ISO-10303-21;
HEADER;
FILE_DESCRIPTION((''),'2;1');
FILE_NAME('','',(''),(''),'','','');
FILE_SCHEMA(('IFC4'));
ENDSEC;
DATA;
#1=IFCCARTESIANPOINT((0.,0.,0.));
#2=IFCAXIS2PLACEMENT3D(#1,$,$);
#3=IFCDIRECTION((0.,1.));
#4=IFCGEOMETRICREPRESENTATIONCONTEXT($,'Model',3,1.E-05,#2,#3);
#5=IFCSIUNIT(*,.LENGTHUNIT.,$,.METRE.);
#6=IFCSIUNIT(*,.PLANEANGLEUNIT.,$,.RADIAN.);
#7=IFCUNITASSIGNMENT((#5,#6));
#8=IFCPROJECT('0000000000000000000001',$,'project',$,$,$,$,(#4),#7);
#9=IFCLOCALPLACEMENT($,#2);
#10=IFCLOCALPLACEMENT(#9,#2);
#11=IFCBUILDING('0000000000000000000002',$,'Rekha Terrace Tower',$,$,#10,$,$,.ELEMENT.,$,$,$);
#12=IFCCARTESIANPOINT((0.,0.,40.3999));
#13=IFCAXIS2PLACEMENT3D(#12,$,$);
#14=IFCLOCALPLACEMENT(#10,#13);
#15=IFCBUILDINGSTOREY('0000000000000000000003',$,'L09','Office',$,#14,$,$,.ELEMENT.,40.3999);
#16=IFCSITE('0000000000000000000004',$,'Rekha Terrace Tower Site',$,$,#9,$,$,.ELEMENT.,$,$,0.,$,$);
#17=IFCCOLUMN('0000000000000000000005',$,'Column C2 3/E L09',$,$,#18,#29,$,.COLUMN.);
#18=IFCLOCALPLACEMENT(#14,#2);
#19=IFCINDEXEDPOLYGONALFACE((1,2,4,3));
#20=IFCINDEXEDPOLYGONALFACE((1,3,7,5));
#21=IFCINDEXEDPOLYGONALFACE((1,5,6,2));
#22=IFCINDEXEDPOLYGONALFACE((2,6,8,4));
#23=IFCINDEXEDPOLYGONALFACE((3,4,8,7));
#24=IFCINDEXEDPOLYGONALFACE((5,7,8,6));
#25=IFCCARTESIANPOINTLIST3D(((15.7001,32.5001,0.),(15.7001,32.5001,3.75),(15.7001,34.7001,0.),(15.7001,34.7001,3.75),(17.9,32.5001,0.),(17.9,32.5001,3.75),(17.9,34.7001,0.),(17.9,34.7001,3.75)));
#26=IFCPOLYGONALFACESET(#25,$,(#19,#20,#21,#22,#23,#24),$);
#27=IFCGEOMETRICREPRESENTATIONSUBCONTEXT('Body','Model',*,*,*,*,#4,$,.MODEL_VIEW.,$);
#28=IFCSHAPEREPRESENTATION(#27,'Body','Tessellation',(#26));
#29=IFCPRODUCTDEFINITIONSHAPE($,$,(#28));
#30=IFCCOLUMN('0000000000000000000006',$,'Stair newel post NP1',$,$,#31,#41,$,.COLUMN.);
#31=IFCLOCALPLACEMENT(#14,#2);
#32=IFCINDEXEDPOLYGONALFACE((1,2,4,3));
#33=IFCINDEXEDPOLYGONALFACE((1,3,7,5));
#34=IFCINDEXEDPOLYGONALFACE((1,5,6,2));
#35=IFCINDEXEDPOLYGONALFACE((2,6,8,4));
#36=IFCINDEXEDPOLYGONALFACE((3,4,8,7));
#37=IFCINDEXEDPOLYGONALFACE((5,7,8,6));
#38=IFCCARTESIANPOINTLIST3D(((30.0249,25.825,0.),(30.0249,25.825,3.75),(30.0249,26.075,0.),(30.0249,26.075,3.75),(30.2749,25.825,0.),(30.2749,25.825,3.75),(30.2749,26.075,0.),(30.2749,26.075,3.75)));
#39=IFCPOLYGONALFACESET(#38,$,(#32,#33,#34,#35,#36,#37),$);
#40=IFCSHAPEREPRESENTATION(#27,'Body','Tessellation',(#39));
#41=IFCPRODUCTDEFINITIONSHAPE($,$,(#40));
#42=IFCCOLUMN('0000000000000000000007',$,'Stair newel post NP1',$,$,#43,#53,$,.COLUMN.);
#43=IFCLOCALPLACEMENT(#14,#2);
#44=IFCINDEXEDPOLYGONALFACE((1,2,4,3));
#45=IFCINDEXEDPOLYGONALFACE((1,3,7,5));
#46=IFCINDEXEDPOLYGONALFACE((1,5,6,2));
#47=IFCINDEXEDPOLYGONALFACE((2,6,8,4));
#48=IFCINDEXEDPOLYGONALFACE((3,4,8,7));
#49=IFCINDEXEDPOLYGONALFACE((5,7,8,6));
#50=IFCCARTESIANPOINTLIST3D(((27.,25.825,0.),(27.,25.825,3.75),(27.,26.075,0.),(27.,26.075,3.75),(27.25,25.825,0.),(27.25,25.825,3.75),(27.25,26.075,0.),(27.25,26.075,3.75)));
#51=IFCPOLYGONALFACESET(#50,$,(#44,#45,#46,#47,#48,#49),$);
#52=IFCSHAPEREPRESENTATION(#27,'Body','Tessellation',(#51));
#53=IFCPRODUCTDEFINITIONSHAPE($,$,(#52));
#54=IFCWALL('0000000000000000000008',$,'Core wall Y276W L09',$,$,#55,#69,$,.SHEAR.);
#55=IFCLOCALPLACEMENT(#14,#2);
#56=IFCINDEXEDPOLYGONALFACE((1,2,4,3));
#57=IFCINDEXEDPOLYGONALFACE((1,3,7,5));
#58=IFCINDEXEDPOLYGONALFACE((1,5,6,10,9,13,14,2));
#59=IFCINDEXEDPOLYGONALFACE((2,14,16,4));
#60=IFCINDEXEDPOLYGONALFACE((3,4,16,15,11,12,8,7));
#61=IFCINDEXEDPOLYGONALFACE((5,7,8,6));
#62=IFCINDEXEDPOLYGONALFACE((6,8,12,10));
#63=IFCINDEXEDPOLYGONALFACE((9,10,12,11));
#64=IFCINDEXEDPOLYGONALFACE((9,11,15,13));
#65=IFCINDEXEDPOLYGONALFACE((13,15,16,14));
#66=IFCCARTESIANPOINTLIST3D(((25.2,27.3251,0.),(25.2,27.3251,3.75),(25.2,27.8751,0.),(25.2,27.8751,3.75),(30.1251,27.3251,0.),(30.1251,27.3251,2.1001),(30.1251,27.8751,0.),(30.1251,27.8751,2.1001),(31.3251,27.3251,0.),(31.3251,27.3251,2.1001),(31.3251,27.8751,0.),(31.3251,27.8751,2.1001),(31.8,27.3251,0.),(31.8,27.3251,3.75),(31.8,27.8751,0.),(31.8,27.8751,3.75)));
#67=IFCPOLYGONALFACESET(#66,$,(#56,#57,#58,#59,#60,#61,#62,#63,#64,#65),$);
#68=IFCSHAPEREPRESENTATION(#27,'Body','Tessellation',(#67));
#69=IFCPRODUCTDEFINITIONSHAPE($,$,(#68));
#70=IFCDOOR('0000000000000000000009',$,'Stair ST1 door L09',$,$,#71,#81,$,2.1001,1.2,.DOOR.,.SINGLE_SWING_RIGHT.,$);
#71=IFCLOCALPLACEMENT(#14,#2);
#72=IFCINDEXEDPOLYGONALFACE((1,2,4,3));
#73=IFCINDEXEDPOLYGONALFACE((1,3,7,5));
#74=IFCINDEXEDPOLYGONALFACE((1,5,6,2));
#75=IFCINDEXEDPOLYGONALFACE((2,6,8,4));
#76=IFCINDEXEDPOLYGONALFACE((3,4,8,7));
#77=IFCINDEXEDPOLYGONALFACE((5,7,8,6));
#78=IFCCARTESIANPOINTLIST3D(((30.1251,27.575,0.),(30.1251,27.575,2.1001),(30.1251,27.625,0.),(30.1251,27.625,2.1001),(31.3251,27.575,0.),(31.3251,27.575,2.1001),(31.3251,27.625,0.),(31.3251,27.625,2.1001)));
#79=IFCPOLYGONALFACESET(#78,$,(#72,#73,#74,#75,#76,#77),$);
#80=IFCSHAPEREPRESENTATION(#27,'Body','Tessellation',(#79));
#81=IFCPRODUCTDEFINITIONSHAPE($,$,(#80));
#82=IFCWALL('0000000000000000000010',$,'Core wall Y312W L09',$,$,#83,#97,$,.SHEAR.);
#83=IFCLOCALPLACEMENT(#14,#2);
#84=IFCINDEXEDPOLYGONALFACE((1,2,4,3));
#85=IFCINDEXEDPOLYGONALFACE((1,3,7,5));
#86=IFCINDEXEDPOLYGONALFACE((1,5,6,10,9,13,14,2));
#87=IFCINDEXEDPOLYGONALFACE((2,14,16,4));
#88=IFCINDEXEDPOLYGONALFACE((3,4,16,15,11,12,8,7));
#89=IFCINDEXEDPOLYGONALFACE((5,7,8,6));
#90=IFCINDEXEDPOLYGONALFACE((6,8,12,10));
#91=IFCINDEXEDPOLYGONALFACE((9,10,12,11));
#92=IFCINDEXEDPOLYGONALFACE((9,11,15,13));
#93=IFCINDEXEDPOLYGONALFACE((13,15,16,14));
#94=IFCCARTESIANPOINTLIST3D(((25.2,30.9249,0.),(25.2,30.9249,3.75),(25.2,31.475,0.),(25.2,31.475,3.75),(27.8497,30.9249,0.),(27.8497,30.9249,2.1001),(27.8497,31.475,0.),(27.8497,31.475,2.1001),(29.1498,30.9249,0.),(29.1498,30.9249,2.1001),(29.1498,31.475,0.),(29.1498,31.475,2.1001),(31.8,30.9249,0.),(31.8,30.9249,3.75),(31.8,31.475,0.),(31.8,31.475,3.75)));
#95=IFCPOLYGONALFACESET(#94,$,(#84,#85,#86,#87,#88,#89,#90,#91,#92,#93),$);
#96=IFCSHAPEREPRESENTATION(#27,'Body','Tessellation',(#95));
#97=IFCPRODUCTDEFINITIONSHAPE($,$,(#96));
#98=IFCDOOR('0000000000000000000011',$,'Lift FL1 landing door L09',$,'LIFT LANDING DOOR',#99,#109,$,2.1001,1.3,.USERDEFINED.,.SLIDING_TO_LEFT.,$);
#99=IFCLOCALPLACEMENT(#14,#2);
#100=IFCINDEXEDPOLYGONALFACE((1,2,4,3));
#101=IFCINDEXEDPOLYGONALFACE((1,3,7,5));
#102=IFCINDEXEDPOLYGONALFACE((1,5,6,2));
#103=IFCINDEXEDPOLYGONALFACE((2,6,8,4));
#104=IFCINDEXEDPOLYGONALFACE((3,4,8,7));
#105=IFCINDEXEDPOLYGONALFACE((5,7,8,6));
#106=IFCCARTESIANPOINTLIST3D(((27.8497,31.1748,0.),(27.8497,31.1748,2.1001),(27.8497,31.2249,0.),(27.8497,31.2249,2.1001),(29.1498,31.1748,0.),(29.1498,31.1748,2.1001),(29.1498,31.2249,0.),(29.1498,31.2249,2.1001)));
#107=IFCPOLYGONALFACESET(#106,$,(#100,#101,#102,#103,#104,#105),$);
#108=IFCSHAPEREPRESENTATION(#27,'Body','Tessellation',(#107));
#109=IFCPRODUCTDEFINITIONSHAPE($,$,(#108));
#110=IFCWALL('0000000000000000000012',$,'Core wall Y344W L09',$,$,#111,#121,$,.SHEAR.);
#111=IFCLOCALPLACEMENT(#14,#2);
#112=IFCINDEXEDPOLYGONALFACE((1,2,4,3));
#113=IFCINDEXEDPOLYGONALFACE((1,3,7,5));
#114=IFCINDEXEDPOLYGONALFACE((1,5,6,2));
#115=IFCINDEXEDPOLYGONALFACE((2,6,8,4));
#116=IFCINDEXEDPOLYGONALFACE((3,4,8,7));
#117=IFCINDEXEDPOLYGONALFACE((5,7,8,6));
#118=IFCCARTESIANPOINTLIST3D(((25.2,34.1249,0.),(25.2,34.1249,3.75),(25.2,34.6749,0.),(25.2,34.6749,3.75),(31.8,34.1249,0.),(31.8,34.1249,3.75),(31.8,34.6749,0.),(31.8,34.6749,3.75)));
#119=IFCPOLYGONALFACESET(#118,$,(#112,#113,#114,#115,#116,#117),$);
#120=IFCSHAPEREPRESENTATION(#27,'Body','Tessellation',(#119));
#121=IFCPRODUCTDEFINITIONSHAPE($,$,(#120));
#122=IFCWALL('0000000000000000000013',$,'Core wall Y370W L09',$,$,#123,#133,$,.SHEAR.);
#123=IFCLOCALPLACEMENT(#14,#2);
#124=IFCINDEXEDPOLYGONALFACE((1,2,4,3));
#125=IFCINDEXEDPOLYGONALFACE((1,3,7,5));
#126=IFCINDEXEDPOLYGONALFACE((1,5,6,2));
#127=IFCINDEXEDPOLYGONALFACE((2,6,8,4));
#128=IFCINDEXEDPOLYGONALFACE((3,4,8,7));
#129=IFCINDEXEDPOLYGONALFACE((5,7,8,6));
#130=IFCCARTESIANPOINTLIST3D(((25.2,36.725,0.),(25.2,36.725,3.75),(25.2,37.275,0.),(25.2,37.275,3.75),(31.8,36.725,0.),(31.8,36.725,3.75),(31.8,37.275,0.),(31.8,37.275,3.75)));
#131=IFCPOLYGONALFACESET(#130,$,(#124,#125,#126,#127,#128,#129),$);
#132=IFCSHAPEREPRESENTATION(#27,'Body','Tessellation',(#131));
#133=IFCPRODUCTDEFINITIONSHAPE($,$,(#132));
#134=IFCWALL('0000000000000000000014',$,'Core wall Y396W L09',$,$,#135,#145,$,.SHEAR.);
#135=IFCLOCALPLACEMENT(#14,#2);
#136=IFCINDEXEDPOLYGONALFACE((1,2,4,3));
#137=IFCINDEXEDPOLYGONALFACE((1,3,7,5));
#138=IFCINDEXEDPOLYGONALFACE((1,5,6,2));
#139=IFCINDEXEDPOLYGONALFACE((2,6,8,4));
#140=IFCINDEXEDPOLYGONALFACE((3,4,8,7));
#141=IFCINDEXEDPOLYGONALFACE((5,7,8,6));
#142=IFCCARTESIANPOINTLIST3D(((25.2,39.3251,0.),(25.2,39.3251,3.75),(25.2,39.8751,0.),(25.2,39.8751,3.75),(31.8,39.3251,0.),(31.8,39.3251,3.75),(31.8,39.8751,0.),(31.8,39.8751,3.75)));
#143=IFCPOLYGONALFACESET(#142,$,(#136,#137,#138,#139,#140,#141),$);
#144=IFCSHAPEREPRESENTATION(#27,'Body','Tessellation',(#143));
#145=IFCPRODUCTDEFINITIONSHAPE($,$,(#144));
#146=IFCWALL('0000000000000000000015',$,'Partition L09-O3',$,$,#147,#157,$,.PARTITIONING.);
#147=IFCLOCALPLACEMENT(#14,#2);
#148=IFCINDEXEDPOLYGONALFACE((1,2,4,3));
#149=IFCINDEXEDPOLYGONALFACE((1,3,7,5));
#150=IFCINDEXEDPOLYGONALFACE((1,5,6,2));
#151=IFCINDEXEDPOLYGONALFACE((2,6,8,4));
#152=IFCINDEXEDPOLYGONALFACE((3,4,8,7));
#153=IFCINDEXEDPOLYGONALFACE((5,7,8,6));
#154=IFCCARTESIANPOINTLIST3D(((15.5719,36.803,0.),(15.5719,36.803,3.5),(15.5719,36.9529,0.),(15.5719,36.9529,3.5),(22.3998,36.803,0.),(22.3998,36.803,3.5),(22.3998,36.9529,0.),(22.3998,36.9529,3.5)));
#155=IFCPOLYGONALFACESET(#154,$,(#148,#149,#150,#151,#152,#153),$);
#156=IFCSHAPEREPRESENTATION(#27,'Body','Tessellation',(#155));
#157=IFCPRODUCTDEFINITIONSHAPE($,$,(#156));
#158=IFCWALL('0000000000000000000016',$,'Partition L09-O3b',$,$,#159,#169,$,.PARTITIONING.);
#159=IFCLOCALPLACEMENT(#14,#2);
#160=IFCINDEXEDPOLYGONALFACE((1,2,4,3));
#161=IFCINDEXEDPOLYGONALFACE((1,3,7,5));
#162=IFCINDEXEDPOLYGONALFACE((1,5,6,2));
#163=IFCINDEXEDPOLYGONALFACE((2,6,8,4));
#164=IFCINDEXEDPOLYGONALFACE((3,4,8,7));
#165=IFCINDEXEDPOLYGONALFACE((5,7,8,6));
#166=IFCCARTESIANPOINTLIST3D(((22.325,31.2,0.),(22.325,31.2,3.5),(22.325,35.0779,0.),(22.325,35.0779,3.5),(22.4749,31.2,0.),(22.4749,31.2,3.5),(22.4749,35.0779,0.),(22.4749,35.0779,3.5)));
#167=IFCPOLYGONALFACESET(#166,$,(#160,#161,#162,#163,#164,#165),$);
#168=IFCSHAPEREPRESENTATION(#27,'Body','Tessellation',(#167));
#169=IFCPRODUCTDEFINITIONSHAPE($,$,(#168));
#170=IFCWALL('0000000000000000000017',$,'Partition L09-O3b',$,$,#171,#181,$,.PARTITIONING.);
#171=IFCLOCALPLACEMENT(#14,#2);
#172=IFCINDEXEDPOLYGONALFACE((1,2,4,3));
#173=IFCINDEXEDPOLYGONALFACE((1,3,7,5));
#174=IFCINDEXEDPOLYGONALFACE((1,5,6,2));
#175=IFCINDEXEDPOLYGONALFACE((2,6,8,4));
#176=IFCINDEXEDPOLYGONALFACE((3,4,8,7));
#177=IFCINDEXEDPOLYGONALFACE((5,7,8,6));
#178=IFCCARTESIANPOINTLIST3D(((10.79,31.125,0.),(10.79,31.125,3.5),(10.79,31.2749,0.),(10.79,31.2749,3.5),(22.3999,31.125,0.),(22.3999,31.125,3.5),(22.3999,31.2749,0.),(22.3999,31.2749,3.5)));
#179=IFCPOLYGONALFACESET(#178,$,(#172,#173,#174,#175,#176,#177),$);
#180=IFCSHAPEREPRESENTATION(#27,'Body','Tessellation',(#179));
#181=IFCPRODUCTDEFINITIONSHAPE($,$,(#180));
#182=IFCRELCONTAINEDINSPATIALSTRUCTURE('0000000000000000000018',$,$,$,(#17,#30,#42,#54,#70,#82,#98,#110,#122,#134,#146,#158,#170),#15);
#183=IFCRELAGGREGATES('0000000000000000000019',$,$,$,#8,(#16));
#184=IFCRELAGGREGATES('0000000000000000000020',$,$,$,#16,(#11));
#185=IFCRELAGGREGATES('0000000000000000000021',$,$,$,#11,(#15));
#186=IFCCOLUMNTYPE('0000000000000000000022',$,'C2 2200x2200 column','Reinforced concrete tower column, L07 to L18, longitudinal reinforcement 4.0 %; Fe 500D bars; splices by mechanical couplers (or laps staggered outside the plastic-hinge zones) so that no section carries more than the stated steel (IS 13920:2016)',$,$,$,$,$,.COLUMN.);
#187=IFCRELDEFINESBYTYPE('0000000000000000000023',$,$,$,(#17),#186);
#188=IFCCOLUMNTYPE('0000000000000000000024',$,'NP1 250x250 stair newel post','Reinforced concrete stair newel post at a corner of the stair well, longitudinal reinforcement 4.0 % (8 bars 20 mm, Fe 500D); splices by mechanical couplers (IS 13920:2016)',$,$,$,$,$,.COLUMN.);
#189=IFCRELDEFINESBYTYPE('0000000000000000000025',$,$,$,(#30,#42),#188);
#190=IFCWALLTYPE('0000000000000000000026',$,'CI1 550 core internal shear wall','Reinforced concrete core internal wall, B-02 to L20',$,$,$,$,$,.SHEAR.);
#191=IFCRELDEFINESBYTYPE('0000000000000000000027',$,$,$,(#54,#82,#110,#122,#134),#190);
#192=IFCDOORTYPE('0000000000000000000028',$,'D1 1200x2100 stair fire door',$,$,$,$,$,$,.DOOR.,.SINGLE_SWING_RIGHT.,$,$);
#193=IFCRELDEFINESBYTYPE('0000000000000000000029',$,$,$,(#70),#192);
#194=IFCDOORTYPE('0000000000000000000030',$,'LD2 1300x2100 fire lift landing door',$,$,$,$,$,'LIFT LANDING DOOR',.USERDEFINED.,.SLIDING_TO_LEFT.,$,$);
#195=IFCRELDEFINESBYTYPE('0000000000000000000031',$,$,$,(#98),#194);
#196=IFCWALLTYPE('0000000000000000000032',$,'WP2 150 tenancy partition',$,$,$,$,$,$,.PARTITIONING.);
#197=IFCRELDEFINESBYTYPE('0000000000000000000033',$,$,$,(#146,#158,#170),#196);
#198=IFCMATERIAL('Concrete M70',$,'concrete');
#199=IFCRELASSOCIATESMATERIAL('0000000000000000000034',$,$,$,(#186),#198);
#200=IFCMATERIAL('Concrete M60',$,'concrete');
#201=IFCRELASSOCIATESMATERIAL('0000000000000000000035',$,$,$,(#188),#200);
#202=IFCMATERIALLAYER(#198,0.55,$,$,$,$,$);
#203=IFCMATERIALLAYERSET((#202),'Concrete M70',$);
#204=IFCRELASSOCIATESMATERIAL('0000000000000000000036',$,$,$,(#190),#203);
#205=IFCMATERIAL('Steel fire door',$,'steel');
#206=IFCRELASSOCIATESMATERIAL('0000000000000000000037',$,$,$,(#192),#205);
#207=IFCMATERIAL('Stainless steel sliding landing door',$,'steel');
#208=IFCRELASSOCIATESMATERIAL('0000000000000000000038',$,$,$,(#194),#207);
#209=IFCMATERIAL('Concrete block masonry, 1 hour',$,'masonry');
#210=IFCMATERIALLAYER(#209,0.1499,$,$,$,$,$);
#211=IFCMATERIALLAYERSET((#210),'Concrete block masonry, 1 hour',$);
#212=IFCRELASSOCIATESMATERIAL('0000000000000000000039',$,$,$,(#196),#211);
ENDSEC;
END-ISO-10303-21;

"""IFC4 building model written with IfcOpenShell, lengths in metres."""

from ifc_helpers import new_model, si_unit, direction, frame, frame_2d, origin, origin_2d, place, context, subcontext, project, spatial, rectangle, extrude, material, layer, layer_set, material_profile, profile_set, type_object, element, fill, save


model = new_model("IFC4")

# Units and contexts
model_context = context("Model", 3, precision=1e-05, world=origin(), true_north=direction((0.0, 1.0)))
body_context = subcontext(model_context, "Body", "Model", "MODEL_VIEW")
ifc_project = project(units=[si_unit("LENGTHUNIT", "METRE"), si_unit("PLANEANGLEUNIT", "RADIAN")], contexts=[model_context])

# Site, building, storey
site_placement = place(None, origin())
site = spatial("IfcSite", under=ifc_project, at=site_placement, Name="Rekha Terrace Tower Site", CompositionType="ELEMENT", RefElevation=0.0)
building_placement = place(site_placement, origin())
building = spatial("IfcBuilding", under=site, at=building_placement, Name="Rekha Terrace Tower", CompositionType="ELEMENT")
storey_placement = place(building_placement, frame((0.0, 0.0, 40.3999)))
storey = spatial("IfcBuildingStorey", under=building, at=storey_placement, Name="L09", Description="Office", CompositionType="ELEMENT", Elevation=40.3999)

# Columns
ifc_material_1 = material(Name="Concrete M70", Category="concrete")
ifc_material_profile_1 = material_profile(ifc_material_1, rectangle(XDim=2.2, YDim=2.2, at=origin_2d()), Name="RC 2200x2200")
ifc_profile_set_1 = profile_set([ifc_material_profile_1], Name="Concrete M70")
column_type_1 = type_object("IfcColumnType", Name="C2 2200x2200 column", Description="Reinforced concrete tower column, L07 to L18, longitudinal reinforcement 4.0 %; Fe 500D bars; splices by mechanical couplers (or laps staggered outside the plastic-hinge zones) so that no section carries more than the stated steel (IS 13920:2016)", PredefinedType="COLUMN", material=ifc_profile_set_1)
column_placement = place(storey_placement, frame((16.8, 33.6001, 0.0), z_axis=(0.0, 0.0, 1.0), x_axis=(1.0, 0.0, 0.0)))
element("IfcColumn", 1, at=column_placement, inside=storey, type_object=column_type_1, Name="Column C2 3/E L09", PredefinedType="COLUMN", context=body_context, shape_type="SweptSolid", body=[
    extrude(rectangle(XDim=2.2, YDim=2.2, at=origin_2d()), origin(), (0.0, 0.0, 1.0), 3.75),
])
ifc_material_2 = material(Name="Concrete M60", Category="concrete")
ifc_material_profile_2 = material_profile(ifc_material_2, rectangle(XDim=0.25, YDim=0.25, at=origin_2d()), Name="RC 250x250")
ifc_profile_set_2 = profile_set([ifc_material_profile_2], Name="Concrete M60")
column_type_2 = type_object("IfcColumnType", Name="NP1 250x250 stair newel post", Description="Reinforced concrete stair newel post at a corner of the stair well, longitudinal reinforcement 4.0 % (8 bars 20 mm, Fe 500D); splices by mechanical couplers (IS 13920:2016)", PredefinedType="COLUMN", material=ifc_profile_set_2)
for number, where, z_axis, x_axis, name in (
    (2, (30.1499, 25.95, 0.0), (0.0, 0.0, 1.0), (1.0, 0.0, 0.0), "Stair newel post NP1"),
    (3, (27.125, 25.95, 0.0), (0.0, 0.0, 1.0), (1.0, 0.0, 0.0), "Stair newel post NP1"),
):
    element("IfcColumn", number, at=place(storey_placement, frame(where, z_axis=z_axis, x_axis=x_axis)), inside=storey, type_object=column_type_2, Name=name, PredefinedType="COLUMN", context=body_context, shape_type="SweptSolid", body=[
        extrude(rectangle(XDim=0.25, YDim=0.25, at=origin_2d()), origin(), (0.0, 0.0, 1.0), 3.75),
    ])

# Walls, openings, doors
ifc_layer_1 = layer(ifc_material_1, 0.55)
ifc_layer_set_1 = layer_set([ifc_layer_1], Name="Concrete M70")
wall_type_1 = type_object("IfcWallType", Name="CI1 550 core internal shear wall", Description="Reinforced concrete core internal wall, B-02 to L20", PredefinedType="SHEAR", material=ifc_layer_set_1)
wall_1_placement = place(storey_placement, frame((25.2, 27.6001, 0.0), z_axis=(0.0, 0.0, 1.0), x_axis=(1.0, 0.0, 0.0)))
wall_1 = element("IfcWall", 4, at=wall_1_placement, inside=storey, type_object=wall_type_1, Name="Core wall Y276W L09", PredefinedType="SHEAR", context=body_context, shape_type="SweptSolid", body=[
    extrude(rectangle(XDim=6.6001, YDim=0.55, at=frame_2d((3.3, 0.0))), origin(), (0.0, 0.0, 1.0), 3.75),
])
opening_1_placement = place(wall_1_placement, frame((4.925, 0.0, 0.0)))
opening_1 = element("IfcOpeningElement", 5, at=opening_1_placement, cuts=wall_1, PredefinedType="OPENING", context=body_context, shape_type="SweptSolid", body=[
    extrude(rectangle(XDim=1.2, YDim=2.1001, at=frame_2d((0.6001, 1.05))), frame((0.0, 0.2849, 0.0), z_axis=(0.0, -1.0, 0.0), x_axis=(1.0, 0.0, 0.0)), (0.0, 0.0, 1.0), 0.5701),
])
ifc_material_3 = material(Name="Steel fire door", Category="steel")
door_type_1 = type_object("IfcDoorType", Name="D1 1200x2100 stair fire door", OperationType="SINGLE_SWING_RIGHT", PredefinedType="DOOR", material=ifc_material_3)
door_1_placement = place(opening_1_placement, origin())
door_1 = element("IfcDoor", 6, at=door_1_placement, inside=storey, type_object=door_type_1, Name="Stair ST1 door L09", OperationType="SINGLE_SWING_RIGHT", OverallHeight=2.1001, OverallWidth=1.2, PredefinedType="DOOR", context=body_context, shape_type="SweptSolid", body=[
    extrude(rectangle(XDim=1.2, YDim=2.1001, at=frame_2d((0.6001, 1.05))), frame((0.0, 0.0249, 0.0), z_axis=(0.0, -1.0, 0.0), x_axis=(1.0, 0.0, 0.0)), (0.0, 0.0, 1.0), 0.05),
])
fill(opening_1, door_1)
wall_2_placement = place(storey_placement, frame((25.2, 31.2, 0.0), z_axis=(0.0, 0.0, 1.0), x_axis=(1.0, 0.0, 0.0)))
wall_2 = element("IfcWall", 7, at=wall_2_placement, inside=storey, type_object=wall_type_1, Name="Core wall Y312W L09", PredefinedType="SHEAR", context=body_context, shape_type="SweptSolid", body=[
    extrude(rectangle(XDim=6.6001, YDim=0.55, at=frame_2d((3.3, 0.0))), origin(), (0.0, 0.0, 1.0), 3.75),
])
opening_2_placement = place(wall_2_placement, frame((2.6499, 0.0, 0.0)))
opening_2 = element("IfcOpeningElement", 8, at=opening_2_placement, cuts=wall_2, PredefinedType="OPENING", context=body_context, shape_type="SweptSolid", body=[
    extrude(rectangle(XDim=1.3, YDim=2.1001, at=frame_2d((0.6499, 1.05))), frame((0.0, 0.2849, 0.0), z_axis=(0.0, -1.0, 0.0), x_axis=(1.0, 0.0, 0.0)), (0.0, 0.0, 1.0), 0.5701),
])
ifc_material_4 = material(Name="Stainless steel sliding landing door", Category="steel")
door_type_2 = type_object("IfcDoorType", Name="LD2 1300x2100 fire lift landing door", ElementType="LIFT LANDING DOOR", OperationType="SLIDING_TO_LEFT", PredefinedType="USERDEFINED", material=ifc_material_4)
door_2_placement = place(opening_2_placement, origin())
door_2 = element("IfcDoor", 9, at=door_2_placement, inside=storey, type_object=door_type_2, Name="Lift FL1 landing door L09", ObjectType="LIFT LANDING DOOR", OperationType="SLIDING_TO_LEFT", OverallHeight=2.1001, OverallWidth=1.3, PredefinedType="USERDEFINED", context=body_context, shape_type="SweptSolid", body=[
    extrude(rectangle(XDim=1.3, YDim=2.1001, at=frame_2d((0.6499, 1.05))), frame((0.0, 0.0249, 0.0), z_axis=(0.0, -1.0, 0.0), x_axis=(1.0, 0.0, 0.0)), (0.0, 0.0, 1.0), 0.05),
])
fill(opening_2, door_2)

# Walls
for number, where, z_axis, x_axis, name in (
    (10, (25.2, 34.3999, 0.0), (0.0, 0.0, 1.0), (1.0, 0.0, 0.0), "Core wall Y344W L09"),
    (11, (25.2, 37.0, 0.0), (0.0, 0.0, 1.0), (1.0, 0.0, 0.0), "Core wall Y370W L09"),
    (12, (25.2, 39.6001, 0.0), (0.0, 0.0, 1.0), (1.0, 0.0, 0.0), "Core wall Y396W L09"),
):
    element("IfcWall", number, at=place(storey_placement, frame(where, z_axis=z_axis, x_axis=x_axis)), inside=storey, type_object=wall_type_1, Name=name, PredefinedType="SHEAR", context=body_context, shape_type="SweptSolid", body=[
        extrude(rectangle(XDim=6.6001, YDim=0.55, at=frame_2d((3.3, 0.0))), origin(), (0.0, 0.0, 1.0), 3.75),
    ])
ifc_material_5 = material(Name="Concrete block masonry, 1 hour", Category="masonry")
ifc_layer_2 = layer(ifc_material_5, 0.1499)
ifc_layer_set_2 = layer_set([ifc_layer_2], Name="Concrete block masonry, 1 hour")
wall_type_2 = type_object("IfcWallType", Name="WP2 150 tenancy partition", PredefinedType="PARTITIONING", material=ifc_layer_set_2)
wall_3_placement = place(storey_placement, frame((22.3999, 36.8779, 0.0), z_axis=(0.0, 0.0, 1.0), x_axis=(-1.0, 0.0, 0.0)))
element("IfcWall", 13, at=wall_3_placement, inside=storey, type_object=wall_type_2, Name="Partition L09-O3", PredefinedType="PARTITIONING", context=body_context, shape_type="SweptSolid", body=[
    extrude(rectangle(XDim=6.8279, YDim=0.1499, at=frame_2d((3.4141, 0.0))), origin(), (0.0, 0.0, 1.0), 3.5),
])
wall_4_placement = place(storey_placement, frame((22.3999, 35.0779, 0.0), z_axis=(0.0, 0.0, 1.0), x_axis=(0.0, -1.0, 0.0)))
element("IfcWall", 14, at=wall_4_placement, inside=storey, type_object=wall_type_2, Name="Partition L09-O3b", PredefinedType="PARTITIONING", context=body_context, shape_type="SweptSolid", body=[
    extrude(rectangle(XDim=3.8779, YDim=0.1499, at=frame_2d((1.939, 0.0))), origin(), (0.0, 0.0, 1.0), 3.5),
])
wall_5_placement = place(storey_placement, frame((22.3999, 31.2, 0.0), z_axis=(0.0, 0.0, 1.0), x_axis=(-1.0, 0.0, 0.0)))
element("IfcWall", 15, at=wall_5_placement, inside=storey, type_object=wall_type_2, Name="Partition L09-O3b", PredefinedType="PARTITIONING", context=body_context, shape_type="SweptSolid", body=[
    extrude(rectangle(XDim=11.6099, YDim=0.1499, at=frame_2d((5.8049, 0.0))), origin(), (0.0, 0.0, 1.0), 3.5),
])

save(model, "model.ifc")
